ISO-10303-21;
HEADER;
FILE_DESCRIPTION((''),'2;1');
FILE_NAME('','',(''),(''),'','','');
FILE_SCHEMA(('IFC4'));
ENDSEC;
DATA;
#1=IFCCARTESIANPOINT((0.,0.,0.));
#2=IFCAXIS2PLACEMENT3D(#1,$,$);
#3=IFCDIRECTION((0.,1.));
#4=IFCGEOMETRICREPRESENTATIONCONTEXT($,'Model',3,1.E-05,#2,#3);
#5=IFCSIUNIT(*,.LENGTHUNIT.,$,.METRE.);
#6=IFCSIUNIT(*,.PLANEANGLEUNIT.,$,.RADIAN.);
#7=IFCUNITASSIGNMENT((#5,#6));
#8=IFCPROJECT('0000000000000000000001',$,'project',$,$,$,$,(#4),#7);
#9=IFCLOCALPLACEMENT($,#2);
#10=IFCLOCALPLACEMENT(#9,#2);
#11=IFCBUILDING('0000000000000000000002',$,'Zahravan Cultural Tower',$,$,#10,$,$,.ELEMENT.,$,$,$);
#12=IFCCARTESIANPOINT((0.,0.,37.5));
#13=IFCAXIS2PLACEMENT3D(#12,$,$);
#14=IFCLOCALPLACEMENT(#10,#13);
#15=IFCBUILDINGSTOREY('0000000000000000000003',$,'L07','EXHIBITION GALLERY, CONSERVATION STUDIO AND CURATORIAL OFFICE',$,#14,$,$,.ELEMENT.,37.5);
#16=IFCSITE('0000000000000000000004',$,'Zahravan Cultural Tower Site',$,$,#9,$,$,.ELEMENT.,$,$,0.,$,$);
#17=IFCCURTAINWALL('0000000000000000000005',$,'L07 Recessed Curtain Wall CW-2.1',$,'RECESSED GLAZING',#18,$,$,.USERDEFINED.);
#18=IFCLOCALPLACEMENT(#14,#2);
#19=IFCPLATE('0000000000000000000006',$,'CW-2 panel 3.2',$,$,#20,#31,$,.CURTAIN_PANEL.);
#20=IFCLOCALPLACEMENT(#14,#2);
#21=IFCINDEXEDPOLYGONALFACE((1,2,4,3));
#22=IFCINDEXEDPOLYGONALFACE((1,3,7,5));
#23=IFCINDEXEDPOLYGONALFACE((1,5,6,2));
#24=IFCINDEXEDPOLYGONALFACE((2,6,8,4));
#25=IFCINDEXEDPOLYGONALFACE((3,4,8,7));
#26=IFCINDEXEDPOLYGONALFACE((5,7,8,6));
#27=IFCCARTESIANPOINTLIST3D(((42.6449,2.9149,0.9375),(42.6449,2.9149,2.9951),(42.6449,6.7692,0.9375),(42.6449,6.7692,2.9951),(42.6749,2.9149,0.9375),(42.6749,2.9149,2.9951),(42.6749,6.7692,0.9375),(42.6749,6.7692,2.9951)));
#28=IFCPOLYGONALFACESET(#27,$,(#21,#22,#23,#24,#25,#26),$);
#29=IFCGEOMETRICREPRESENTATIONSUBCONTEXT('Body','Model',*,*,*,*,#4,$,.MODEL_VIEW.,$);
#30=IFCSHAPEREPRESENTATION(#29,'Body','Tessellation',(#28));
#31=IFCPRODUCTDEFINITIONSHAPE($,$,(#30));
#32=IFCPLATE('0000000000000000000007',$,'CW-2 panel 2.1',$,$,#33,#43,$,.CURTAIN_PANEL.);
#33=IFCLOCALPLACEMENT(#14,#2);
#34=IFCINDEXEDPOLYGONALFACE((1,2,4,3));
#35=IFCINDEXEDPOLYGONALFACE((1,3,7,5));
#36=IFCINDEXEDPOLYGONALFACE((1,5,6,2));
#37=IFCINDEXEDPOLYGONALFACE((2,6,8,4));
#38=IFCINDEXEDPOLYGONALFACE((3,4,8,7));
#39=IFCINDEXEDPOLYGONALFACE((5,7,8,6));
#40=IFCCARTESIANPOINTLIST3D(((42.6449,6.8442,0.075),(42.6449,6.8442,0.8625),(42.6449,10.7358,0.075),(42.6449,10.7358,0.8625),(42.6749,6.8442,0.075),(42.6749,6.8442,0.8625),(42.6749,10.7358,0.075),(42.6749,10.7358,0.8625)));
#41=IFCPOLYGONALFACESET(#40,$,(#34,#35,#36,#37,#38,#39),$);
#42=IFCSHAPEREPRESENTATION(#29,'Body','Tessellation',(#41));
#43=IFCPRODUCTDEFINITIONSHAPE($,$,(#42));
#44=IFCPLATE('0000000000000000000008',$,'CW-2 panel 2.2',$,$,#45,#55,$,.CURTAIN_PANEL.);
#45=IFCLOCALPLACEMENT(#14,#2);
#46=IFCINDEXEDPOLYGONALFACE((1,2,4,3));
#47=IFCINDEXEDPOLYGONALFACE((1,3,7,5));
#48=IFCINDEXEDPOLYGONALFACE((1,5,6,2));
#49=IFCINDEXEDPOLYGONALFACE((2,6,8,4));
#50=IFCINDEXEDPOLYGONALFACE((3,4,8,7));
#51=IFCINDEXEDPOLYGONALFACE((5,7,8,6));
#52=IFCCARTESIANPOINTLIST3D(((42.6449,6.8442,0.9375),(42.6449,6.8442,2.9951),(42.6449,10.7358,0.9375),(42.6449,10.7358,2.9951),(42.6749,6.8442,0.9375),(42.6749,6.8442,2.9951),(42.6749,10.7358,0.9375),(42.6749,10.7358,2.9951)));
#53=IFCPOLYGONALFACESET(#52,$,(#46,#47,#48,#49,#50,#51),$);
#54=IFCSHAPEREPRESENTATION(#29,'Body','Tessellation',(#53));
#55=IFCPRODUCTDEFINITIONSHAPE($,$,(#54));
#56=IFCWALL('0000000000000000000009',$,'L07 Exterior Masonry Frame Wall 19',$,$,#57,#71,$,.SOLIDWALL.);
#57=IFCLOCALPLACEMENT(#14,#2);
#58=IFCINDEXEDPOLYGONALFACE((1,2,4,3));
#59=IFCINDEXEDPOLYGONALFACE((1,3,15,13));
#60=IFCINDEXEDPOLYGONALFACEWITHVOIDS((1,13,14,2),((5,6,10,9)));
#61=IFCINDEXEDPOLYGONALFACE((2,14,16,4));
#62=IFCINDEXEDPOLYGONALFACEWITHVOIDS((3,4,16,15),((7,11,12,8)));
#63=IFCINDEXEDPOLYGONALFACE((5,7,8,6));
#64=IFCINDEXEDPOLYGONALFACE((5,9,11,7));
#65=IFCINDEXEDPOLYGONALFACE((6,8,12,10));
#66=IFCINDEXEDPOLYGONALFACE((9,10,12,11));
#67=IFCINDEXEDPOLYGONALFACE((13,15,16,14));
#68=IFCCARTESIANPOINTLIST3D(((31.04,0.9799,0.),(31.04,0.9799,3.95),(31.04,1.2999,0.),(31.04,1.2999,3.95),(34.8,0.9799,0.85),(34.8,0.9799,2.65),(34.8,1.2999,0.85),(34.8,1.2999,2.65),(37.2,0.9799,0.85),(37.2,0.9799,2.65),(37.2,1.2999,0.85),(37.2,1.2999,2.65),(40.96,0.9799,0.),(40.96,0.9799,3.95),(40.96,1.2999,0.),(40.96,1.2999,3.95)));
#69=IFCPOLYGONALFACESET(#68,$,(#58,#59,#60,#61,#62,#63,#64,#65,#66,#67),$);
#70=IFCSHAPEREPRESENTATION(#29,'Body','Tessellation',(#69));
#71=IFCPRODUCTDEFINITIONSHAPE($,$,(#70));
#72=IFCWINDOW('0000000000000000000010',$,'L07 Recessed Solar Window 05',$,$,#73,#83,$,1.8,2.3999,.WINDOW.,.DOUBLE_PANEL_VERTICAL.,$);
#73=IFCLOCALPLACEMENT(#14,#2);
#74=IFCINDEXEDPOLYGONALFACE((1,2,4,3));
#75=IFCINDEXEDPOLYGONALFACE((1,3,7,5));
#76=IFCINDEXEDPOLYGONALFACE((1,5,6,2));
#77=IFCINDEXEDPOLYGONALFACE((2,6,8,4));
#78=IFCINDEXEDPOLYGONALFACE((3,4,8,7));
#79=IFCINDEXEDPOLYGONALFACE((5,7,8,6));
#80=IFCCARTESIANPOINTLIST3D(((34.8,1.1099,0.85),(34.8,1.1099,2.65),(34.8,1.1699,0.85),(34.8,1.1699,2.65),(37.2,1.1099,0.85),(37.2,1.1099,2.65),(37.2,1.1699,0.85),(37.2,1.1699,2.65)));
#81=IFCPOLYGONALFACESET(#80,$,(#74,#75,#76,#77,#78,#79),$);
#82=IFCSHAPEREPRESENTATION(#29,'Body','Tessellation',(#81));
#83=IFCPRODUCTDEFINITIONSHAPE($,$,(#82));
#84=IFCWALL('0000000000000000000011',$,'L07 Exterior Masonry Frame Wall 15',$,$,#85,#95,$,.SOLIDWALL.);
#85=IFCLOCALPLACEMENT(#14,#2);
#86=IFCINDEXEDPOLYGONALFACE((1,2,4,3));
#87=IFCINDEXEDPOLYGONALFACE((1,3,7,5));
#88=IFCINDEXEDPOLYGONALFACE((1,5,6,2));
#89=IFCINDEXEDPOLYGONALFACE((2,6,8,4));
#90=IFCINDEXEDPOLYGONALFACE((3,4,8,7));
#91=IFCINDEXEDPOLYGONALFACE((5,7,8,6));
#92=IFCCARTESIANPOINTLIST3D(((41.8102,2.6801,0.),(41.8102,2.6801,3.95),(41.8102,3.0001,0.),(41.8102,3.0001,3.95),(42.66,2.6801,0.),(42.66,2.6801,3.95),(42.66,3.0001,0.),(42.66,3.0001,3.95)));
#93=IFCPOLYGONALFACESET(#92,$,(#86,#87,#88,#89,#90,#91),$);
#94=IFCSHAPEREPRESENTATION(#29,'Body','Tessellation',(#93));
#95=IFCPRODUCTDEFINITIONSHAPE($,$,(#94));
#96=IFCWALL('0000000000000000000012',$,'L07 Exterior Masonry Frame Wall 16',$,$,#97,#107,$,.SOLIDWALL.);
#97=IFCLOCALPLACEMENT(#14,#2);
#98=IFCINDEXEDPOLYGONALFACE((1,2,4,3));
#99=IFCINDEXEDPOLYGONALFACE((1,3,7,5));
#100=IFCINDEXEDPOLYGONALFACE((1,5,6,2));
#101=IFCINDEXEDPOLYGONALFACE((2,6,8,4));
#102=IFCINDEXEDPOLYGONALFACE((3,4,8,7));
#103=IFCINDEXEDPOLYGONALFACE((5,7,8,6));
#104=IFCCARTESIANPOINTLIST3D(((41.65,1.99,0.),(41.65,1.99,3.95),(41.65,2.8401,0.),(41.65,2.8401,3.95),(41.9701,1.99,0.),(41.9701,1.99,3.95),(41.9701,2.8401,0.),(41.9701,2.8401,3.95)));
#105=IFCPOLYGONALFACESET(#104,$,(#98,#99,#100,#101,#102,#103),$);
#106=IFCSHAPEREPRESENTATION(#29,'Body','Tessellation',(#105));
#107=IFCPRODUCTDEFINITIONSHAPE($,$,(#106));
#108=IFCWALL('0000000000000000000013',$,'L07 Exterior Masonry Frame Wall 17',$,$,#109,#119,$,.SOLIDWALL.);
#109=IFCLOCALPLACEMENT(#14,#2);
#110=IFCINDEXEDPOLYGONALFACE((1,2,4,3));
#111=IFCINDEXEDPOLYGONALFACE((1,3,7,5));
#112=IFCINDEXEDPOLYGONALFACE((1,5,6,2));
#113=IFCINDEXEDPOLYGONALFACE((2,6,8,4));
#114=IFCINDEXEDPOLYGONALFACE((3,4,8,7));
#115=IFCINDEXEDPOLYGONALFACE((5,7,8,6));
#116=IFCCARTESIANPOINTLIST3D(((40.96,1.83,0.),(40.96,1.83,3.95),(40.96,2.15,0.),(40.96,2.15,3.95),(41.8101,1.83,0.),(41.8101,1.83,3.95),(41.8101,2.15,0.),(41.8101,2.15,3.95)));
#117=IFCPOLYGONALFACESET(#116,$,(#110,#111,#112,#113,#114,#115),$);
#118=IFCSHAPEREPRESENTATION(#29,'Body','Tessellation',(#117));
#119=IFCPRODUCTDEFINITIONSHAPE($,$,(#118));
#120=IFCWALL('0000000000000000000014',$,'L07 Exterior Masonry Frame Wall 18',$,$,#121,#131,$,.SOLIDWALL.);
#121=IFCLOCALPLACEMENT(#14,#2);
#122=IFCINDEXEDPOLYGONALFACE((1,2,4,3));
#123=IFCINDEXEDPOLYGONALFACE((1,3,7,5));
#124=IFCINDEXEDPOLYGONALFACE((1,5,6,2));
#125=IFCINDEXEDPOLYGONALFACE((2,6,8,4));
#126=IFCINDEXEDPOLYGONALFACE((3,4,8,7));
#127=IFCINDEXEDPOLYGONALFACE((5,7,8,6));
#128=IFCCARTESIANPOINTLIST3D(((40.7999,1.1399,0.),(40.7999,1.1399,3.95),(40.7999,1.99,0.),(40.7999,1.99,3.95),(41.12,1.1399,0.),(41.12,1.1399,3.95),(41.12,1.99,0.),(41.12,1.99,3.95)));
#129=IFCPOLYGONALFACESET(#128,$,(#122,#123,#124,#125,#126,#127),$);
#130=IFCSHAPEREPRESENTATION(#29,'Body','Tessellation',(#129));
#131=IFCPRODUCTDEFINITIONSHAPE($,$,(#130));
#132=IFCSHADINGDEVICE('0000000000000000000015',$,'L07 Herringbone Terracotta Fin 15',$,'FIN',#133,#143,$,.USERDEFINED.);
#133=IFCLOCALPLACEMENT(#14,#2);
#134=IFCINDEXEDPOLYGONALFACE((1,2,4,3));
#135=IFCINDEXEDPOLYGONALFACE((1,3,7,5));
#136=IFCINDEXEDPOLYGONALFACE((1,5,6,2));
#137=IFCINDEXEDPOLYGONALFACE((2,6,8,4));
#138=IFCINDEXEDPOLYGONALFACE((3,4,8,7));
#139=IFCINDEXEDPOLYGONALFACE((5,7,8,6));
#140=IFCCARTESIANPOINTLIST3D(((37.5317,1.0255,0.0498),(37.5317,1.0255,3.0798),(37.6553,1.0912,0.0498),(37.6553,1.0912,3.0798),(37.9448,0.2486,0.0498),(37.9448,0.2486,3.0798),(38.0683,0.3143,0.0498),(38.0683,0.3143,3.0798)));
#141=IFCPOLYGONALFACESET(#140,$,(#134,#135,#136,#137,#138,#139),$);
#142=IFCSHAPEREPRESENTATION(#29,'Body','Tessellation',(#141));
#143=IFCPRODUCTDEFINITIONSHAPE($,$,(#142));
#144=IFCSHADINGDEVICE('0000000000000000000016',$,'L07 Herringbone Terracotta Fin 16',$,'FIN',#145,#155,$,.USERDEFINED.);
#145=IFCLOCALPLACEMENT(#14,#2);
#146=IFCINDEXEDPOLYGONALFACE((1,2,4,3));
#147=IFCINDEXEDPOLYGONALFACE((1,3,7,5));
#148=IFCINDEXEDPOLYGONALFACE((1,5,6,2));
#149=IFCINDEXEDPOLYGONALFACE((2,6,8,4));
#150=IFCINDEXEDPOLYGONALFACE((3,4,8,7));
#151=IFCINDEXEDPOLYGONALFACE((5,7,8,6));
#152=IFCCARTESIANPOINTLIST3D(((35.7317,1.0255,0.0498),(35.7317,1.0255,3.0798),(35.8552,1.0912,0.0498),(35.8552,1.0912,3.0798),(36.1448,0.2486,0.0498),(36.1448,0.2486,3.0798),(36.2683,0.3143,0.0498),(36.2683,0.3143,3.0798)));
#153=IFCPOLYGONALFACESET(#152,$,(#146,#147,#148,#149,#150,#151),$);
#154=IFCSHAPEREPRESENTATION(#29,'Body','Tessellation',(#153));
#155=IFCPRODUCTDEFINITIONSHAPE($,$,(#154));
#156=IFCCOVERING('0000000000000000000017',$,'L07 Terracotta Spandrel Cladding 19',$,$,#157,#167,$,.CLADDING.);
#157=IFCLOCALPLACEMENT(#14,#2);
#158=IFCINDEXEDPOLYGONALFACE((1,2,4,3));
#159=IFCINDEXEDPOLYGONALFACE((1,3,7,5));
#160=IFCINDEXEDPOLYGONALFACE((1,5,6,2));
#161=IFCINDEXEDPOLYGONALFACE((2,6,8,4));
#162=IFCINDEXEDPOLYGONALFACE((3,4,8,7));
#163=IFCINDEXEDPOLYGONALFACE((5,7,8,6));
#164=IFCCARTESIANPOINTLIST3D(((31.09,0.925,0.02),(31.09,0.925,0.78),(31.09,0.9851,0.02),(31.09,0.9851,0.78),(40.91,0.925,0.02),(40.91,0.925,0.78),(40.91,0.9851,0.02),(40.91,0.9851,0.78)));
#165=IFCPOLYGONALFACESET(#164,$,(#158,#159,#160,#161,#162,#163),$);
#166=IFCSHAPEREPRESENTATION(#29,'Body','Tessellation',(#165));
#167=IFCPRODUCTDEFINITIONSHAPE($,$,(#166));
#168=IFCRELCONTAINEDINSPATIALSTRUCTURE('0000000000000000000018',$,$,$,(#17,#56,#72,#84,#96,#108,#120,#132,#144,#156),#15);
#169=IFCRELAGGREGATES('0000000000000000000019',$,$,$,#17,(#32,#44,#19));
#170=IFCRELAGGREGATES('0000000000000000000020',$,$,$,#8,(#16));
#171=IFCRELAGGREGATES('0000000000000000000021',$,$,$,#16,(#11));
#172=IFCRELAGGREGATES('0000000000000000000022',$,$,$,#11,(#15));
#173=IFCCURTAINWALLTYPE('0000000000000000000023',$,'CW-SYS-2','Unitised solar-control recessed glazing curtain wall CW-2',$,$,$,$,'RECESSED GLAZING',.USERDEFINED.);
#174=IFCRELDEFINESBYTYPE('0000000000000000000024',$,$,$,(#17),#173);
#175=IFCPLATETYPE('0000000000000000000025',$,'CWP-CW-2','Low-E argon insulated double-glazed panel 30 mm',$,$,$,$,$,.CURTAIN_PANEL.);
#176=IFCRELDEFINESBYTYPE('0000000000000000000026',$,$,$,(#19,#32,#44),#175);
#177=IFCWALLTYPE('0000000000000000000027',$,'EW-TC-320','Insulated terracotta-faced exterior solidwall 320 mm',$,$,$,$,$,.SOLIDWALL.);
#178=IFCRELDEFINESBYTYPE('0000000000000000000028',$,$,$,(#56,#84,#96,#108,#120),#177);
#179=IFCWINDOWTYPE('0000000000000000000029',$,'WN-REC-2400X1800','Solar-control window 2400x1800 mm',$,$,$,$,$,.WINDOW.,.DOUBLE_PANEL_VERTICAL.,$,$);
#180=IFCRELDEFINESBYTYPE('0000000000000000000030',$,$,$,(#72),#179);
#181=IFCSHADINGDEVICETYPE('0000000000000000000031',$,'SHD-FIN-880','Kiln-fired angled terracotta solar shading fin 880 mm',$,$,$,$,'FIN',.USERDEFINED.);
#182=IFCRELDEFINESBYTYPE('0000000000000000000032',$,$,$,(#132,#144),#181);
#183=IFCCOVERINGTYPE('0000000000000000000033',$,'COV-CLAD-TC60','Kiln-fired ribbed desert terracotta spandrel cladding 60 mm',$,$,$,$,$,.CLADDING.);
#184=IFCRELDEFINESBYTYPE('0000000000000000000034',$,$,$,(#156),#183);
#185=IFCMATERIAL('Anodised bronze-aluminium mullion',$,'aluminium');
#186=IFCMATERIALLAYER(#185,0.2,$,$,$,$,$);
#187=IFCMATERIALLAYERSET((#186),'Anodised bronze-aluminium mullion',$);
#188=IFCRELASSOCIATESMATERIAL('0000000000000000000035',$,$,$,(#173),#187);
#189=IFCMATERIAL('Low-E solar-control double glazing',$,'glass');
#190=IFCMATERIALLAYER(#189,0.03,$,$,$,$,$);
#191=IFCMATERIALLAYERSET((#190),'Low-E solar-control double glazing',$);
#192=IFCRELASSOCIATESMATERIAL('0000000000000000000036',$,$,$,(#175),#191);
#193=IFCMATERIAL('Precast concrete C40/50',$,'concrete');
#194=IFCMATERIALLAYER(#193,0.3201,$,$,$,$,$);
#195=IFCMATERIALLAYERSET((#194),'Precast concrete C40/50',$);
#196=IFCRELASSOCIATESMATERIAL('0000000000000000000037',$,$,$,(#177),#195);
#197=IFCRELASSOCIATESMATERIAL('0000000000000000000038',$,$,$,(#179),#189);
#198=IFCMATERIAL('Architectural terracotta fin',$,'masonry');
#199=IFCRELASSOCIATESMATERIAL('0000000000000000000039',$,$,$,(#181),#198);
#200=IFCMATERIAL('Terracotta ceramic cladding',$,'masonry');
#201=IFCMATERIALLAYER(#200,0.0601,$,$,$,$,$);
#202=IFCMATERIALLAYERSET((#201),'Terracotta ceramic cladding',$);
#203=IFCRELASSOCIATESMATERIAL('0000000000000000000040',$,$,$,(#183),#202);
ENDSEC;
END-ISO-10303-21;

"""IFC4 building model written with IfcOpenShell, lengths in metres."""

from ifc_helpers import new_model, si_unit, direction, frame, frame_2d, origin, origin_2d, place, context, subcontext, project, spatial, rectangle, extrude, source, transform, mapped, material, layer, layer_set, type_object, element, fill, aggregate, save


model = new_model("IFC4")

# Units and contexts
model_context = context("Model", 3, precision=1e-05, world=origin(), true_north=direction((0.0, 1.0)))
body_context = subcontext(model_context, "Body", "Model", "MODEL_VIEW")
ifc_project = project(units=[si_unit("LENGTHUNIT", "METRE"), si_unit("PLANEANGLEUNIT", "RADIAN")], contexts=[model_context])

# Site, building, storey
site_placement = place(None, origin())
site = spatial("IfcSite", under=ifc_project, at=site_placement, Name="Zahravan Cultural Tower Site", CompositionType="ELEMENT", RefElevation=0.0)
building_placement = place(site_placement, origin())
building = spatial("IfcBuilding", under=site, at=building_placement, Name="Zahravan Cultural Tower", CompositionType="ELEMENT")
storey_placement = place(building_placement, frame((0.0, 0.0, 37.5)))
storey = spatial("IfcBuildingStorey", under=building, at=storey_placement, Name="L07", Description="EXHIBITION GALLERY, CONSERVATION STUDIO AND CURATORIAL OFFICE", CompositionType="ELEMENT", Elevation=37.5)

# Curtain wall, plates
ifc_material_1 = material(Name="Anodised bronze-aluminium mullion", Category="aluminium")
ifc_layer_1 = layer(ifc_material_1, 0.2)
ifc_layer_set_1 = layer_set([ifc_layer_1], Name="Anodised bronze-aluminium mullion")
curtain_wall_type = type_object("IfcCurtainWallType", Name="CW-SYS-2", Description="Unitised solar-control recessed glazing curtain wall CW-2", ElementType="RECESSED GLAZING", PredefinedType="USERDEFINED", material=ifc_layer_set_1)
curtain_wall_placement = place(storey_placement, origin())
curtain_wall = element("IfcCurtainWall", 1, at=curtain_wall_placement, inside=storey, type_object=curtain_wall_type, Name="L07 Recessed Curtain Wall CW-2.1", ObjectType="RECESSED GLAZING", PredefinedType="USERDEFINED")
ifc_material_2 = material(Name="Low-E solar-control double glazing", Category="glass")
ifc_layer_2 = layer(ifc_material_2, 0.03)
ifc_layer_set_2 = layer_set([ifc_layer_2], Name="Low-E solar-control double glazing")
plate_type = type_object("IfcPlateType", Name="CWP-CW-2", Description="Low-E argon insulated double-glazed panel 30 mm", PredefinedType="CURTAIN_PANEL", material=ifc_layer_set_2)
shared_shape_1 = source(origin(), body_context, "Body", "SweptSolid", [
    extrude(rectangle(XDim=3.8542, YDim=0.03, at=origin_2d()), origin(), (0.0, 0.0, 1.0), 2.0576),
])
plate_1_placement = place(storey_placement, frame((42.6599, 4.842, 0.9375), z_axis=(0.0, 0.0, 1.0), x_axis=(0.0, -1.0, 0.0)))
plate_1 = element("IfcPlate", 2, at=plate_1_placement, type_object=plate_type, Name="CW-2 panel 3.2", PredefinedType="CURTAIN_PANEL", context=body_context, shape_type="MappedRepresentation", body=[
    mapped(shared_shape_1, transform((0.0, 0.0, 0.0), x_axis=(1.0, 0.0, 0.0), y_axis=(0.0, 1.0, 0.0), z_axis=(0.0, 0.0, 1.0), scale=1.0)),
])
shared_shape_2 = source(origin(), body_context, "Body", "SweptSolid", [
    extrude(rectangle(XDim=3.8916, YDim=0.03, at=origin_2d()), origin(), (0.0, 0.0, 1.0), 0.7876),
])
plate_2_placement = place(storey_placement, frame((42.6599, 8.79, 0.075), z_axis=(0.0, 0.0, 1.0), x_axis=(0.0, -1.0, 0.0)))
plate_2 = element("IfcPlate", 3, at=plate_2_placement, type_object=plate_type, Name="CW-2 panel 2.1", PredefinedType="CURTAIN_PANEL", context=body_context, shape_type="MappedRepresentation", body=[
    mapped(shared_shape_2, transform((0.0, 0.0, 0.0), x_axis=(1.0, 0.0, 0.0), y_axis=(0.0, 1.0, 0.0), z_axis=(0.0, 0.0, 1.0), scale=1.0)),
])
shared_shape_3 = source(origin(), body_context, "Body", "SweptSolid", [
    extrude(rectangle(XDim=3.8916, YDim=0.03, at=origin_2d()), origin(), (0.0, 0.0, 1.0), 2.0576),
])
plate_3_placement = place(storey_placement, frame((42.6599, 8.79, 0.9375), z_axis=(0.0, 0.0, 1.0), x_axis=(0.0, -1.0, 0.0)))
plate_3 = element("IfcPlate", 4, at=plate_3_placement, type_object=plate_type, Name="CW-2 panel 2.2", PredefinedType="CURTAIN_PANEL", context=body_context, shape_type="MappedRepresentation", body=[
    mapped(shared_shape_3, transform((0.0, 0.0, 0.0), x_axis=(1.0, 0.0, 0.0), y_axis=(0.0, 1.0, 0.0), z_axis=(0.0, 0.0, 1.0), scale=1.0)),
])
aggregate(curtain_wall, [plate_2, plate_3, plate_1])

# Wall, opening, window
ifc_material_3 = material(Name="Precast concrete C40/50", Category="concrete")
ifc_layer_3 = layer(ifc_material_3, 0.3201)
ifc_layer_set_3 = layer_set([ifc_layer_3], Name="Precast concrete C40/50")
wall_type = type_object("IfcWallType", Name="EW-TC-320", Description="Insulated terracotta-faced exterior solidwall 320 mm", PredefinedType="SOLIDWALL", material=ifc_layer_set_3)
wall_1_placement = place(storey_placement, frame((40.96, 1.1399, 0.0), z_axis=(0.0, 0.0, 1.0), x_axis=(-1.0, 0.0, 0.0)))
wall_1 = element("IfcWall", 5, at=wall_1_placement, inside=storey, type_object=wall_type, Name="L07 Exterior Masonry Frame Wall 19", PredefinedType="SOLIDWALL", context=body_context, shape_type="SweptSolid", body=[
    extrude(rectangle(XDim=9.9199, YDim=0.3201, at=frame_2d((4.96, 0.0))), origin(), (0.0, 0.0, 1.0), 3.95),
])
opening_placement = place(wall_1_placement, frame((3.76, 0.0, 0.8501)))
opening = element("IfcOpeningElement", 6, at=opening_placement, cuts=wall_1, PredefinedType="OPENING", context=body_context, shape_type="SweptSolid", body=[
    extrude(rectangle(XDim=2.3999, YDim=1.8, at=frame_2d((1.2, 0.8999))), frame((0.0, 0.1699, 0.0), z_axis=(0.0, -1.0, 0.0), x_axis=(1.0, 0.0, 0.0)), (0.0, 0.0, 1.0), 0.3401),
])
window_type = type_object("IfcWindowType", Name="WN-REC-2400X1800", Description="Solar-control window 2400x1800 mm", PartitioningType="DOUBLE_PANEL_VERTICAL", PredefinedType="WINDOW", material=ifc_material_2)
shared_shape_4 = source(origin(), body_context, "Body", "SweptSolid", [
    extrude(rectangle(XDim=2.3999, YDim=1.8, at=frame_2d((1.2, 0.8999))), frame((0.0, 0.03, 0.0), z_axis=(0.0, -1.0, 0.0), x_axis=(1.0, 0.0, 0.0)), (0.0, 0.0, 1.0), 0.0601),
])
window_placement = place(opening_placement, origin())
window = element("IfcWindow", 7, at=window_placement, inside=storey, type_object=window_type, Name="L07 Recessed Solar Window 05", OverallHeight=1.8, OverallWidth=2.3999, PartitioningType="DOUBLE_PANEL_VERTICAL", PredefinedType="WINDOW", context=body_context, shape_type="MappedRepresentation", body=[
    mapped(shared_shape_4, transform((0.0, 0.0, 0.0), x_axis=(1.0, 0.0, 0.0), y_axis=(0.0, 1.0, 0.0), z_axis=(0.0, 0.0, 1.0), scale=1.0)),
])
fill(opening, window)

# Walls
shared_shape_5 = source(origin(), body_context, "Body", "SweptSolid", [
    extrude(rectangle(XDim=0.8499, YDim=0.3201, at=frame_2d((0.4248, 0.0))), origin(), (0.0, 0.0, 1.0), 3.95),
])
wall_2_placement = place(storey_placement, frame((42.6599, 2.8401, 0.0), z_axis=(0.0, 0.0, 1.0), x_axis=(-1.0, 0.0, 0.0)))
element("IfcWall", 8, at=wall_2_placement, inside=storey, type_object=wall_type, Name="L07 Exterior Masonry Frame Wall 15", PredefinedType="SOLIDWALL", context=body_context, shape_type="MappedRepresentation", body=[
    mapped(shared_shape_5, transform((0.0, 0.0, 0.0), x_axis=(1.0, 0.0, 0.0), y_axis=(0.0, 1.0, 0.0), z_axis=(0.0, 0.0, 1.0), scale=1.0)),
])
shared_shape_6 = source(origin(), body_context, "Body", "SweptSolid", [
    extrude(rectangle(XDim=0.8501, YDim=0.3201, at=frame_2d((0.425, 0.0))), origin(), (0.0, 0.0, 1.0), 3.95),
])
for number, where, z_axis, x_axis, name in (
    (9, (41.8101, 2.8401, 0.0), (0.0, 0.0, 1.0), (0.0, -1.0, 0.0), "L07 Exterior Masonry Frame Wall 16"),
    (10, (41.8101, 1.99, 0.0), (0.0, 0.0, 1.0), (-1.0, 0.0, 0.0), "L07 Exterior Masonry Frame Wall 17"),
    (11, (40.96, 1.99, 0.0), (0.0, 0.0, 1.0), (0.0, -1.0, 0.0), "L07 Exterior Masonry Frame Wall 18"),
):
    element("IfcWall", number, at=place(storey_placement, frame(where, z_axis=z_axis, x_axis=x_axis)), inside=storey, type_object=wall_type, Name=name, PredefinedType="SOLIDWALL", context=body_context, shape_type="MappedRepresentation", body=[
        mapped(shared_shape_6, transform((0.0, 0.0, 0.0), x_axis=(1.0, 0.0, 0.0), y_axis=(0.0, 1.0, 0.0), z_axis=(0.0, 0.0, 1.0), scale=1.0)),
    ])

# Shading devices
ifc_material_4 = material(Name="Architectural terracotta fin", Category="masonry")
shading_device_type = type_object("IfcShadingDeviceType", Name="SHD-FIN-880", Description="Kiln-fired angled terracotta solar shading fin 880 mm", ElementType="FIN", PredefinedType="USERDEFINED", material=ifc_material_4)
shared_shape_7 = source(origin(), body_context, "Body", "SweptSolid", [
    extrude(rectangle(XDim=0.8799, YDim=0.1399, at=origin_2d()), origin(), (0.0, 0.0, 1.0), 3.03),
])
for number, where, z_axis, x_axis, name in (
    (12, (37.8, 0.6699, 0.0498), (0.0, 0.0, 1.0), (0.469472, -0.882948, 0.0), "L07 Herringbone Terracotta Fin 15"),
    (13, (36.0, 0.6699, 0.0498), (0.0, 0.0, 1.0), (0.469472, -0.882948, 0.0), "L07 Herringbone Terracotta Fin 16"),
):
    element("IfcShadingDevice", number, at=place(storey_placement, frame(where, z_axis=z_axis, x_axis=x_axis)), inside=storey, type_object=shading_device_type, Name=name, ObjectType="FIN", PredefinedType="USERDEFINED", context=body_context, shape_type="MappedRepresentation", body=[
        mapped(shared_shape_7, transform((0.0, 0.0, 0.0), x_axis=(1.0, 0.0, 0.0), y_axis=(0.0, 1.0, 0.0), z_axis=(0.0, 0.0, 1.0), scale=1.0)),
    ])

# Covering
ifc_material_5 = material(Name="Terracotta ceramic cladding", Category="masonry")
ifc_layer_4 = layer(ifc_material_5, 0.0601)
ifc_layer_set_4 = layer_set([ifc_layer_4], Name="Terracotta ceramic cladding")
covering_type = type_object("IfcCoveringType", Name="COV-CLAD-TC60", Description="Kiln-fired ribbed desert terracotta spandrel cladding 60 mm", PredefinedType="CLADDING", material=ifc_layer_set_4)
shared_shape_8 = source(origin(), body_context, "Body", "SweptSolid", [
    extrude(rectangle(XDim=9.8201, YDim=0.0601, at=origin_2d()), origin(), (0.0, 0.0, 1.0), 0.76),
])
covering_placement = place(storey_placement, frame((36.0, 0.9551, 0.02), z_axis=(0.0, 0.0, 1.0), x_axis=(-1.0, 0.0, 0.0)))
element("IfcCovering", 14, at=covering_placement, inside=storey, type_object=covering_type, Name="L07 Terracotta Spandrel Cladding 19", PredefinedType="CLADDING", context=body_context, shape_type="MappedRepresentation", body=[
    mapped(shared_shape_8, transform((0.0, 0.0, 0.0), x_axis=(1.0, 0.0, 0.0), y_axis=(0.0, 1.0, 0.0), z_axis=(0.0, 0.0, 1.0), scale=1.0)),
])

save(model, "model.ifc")
